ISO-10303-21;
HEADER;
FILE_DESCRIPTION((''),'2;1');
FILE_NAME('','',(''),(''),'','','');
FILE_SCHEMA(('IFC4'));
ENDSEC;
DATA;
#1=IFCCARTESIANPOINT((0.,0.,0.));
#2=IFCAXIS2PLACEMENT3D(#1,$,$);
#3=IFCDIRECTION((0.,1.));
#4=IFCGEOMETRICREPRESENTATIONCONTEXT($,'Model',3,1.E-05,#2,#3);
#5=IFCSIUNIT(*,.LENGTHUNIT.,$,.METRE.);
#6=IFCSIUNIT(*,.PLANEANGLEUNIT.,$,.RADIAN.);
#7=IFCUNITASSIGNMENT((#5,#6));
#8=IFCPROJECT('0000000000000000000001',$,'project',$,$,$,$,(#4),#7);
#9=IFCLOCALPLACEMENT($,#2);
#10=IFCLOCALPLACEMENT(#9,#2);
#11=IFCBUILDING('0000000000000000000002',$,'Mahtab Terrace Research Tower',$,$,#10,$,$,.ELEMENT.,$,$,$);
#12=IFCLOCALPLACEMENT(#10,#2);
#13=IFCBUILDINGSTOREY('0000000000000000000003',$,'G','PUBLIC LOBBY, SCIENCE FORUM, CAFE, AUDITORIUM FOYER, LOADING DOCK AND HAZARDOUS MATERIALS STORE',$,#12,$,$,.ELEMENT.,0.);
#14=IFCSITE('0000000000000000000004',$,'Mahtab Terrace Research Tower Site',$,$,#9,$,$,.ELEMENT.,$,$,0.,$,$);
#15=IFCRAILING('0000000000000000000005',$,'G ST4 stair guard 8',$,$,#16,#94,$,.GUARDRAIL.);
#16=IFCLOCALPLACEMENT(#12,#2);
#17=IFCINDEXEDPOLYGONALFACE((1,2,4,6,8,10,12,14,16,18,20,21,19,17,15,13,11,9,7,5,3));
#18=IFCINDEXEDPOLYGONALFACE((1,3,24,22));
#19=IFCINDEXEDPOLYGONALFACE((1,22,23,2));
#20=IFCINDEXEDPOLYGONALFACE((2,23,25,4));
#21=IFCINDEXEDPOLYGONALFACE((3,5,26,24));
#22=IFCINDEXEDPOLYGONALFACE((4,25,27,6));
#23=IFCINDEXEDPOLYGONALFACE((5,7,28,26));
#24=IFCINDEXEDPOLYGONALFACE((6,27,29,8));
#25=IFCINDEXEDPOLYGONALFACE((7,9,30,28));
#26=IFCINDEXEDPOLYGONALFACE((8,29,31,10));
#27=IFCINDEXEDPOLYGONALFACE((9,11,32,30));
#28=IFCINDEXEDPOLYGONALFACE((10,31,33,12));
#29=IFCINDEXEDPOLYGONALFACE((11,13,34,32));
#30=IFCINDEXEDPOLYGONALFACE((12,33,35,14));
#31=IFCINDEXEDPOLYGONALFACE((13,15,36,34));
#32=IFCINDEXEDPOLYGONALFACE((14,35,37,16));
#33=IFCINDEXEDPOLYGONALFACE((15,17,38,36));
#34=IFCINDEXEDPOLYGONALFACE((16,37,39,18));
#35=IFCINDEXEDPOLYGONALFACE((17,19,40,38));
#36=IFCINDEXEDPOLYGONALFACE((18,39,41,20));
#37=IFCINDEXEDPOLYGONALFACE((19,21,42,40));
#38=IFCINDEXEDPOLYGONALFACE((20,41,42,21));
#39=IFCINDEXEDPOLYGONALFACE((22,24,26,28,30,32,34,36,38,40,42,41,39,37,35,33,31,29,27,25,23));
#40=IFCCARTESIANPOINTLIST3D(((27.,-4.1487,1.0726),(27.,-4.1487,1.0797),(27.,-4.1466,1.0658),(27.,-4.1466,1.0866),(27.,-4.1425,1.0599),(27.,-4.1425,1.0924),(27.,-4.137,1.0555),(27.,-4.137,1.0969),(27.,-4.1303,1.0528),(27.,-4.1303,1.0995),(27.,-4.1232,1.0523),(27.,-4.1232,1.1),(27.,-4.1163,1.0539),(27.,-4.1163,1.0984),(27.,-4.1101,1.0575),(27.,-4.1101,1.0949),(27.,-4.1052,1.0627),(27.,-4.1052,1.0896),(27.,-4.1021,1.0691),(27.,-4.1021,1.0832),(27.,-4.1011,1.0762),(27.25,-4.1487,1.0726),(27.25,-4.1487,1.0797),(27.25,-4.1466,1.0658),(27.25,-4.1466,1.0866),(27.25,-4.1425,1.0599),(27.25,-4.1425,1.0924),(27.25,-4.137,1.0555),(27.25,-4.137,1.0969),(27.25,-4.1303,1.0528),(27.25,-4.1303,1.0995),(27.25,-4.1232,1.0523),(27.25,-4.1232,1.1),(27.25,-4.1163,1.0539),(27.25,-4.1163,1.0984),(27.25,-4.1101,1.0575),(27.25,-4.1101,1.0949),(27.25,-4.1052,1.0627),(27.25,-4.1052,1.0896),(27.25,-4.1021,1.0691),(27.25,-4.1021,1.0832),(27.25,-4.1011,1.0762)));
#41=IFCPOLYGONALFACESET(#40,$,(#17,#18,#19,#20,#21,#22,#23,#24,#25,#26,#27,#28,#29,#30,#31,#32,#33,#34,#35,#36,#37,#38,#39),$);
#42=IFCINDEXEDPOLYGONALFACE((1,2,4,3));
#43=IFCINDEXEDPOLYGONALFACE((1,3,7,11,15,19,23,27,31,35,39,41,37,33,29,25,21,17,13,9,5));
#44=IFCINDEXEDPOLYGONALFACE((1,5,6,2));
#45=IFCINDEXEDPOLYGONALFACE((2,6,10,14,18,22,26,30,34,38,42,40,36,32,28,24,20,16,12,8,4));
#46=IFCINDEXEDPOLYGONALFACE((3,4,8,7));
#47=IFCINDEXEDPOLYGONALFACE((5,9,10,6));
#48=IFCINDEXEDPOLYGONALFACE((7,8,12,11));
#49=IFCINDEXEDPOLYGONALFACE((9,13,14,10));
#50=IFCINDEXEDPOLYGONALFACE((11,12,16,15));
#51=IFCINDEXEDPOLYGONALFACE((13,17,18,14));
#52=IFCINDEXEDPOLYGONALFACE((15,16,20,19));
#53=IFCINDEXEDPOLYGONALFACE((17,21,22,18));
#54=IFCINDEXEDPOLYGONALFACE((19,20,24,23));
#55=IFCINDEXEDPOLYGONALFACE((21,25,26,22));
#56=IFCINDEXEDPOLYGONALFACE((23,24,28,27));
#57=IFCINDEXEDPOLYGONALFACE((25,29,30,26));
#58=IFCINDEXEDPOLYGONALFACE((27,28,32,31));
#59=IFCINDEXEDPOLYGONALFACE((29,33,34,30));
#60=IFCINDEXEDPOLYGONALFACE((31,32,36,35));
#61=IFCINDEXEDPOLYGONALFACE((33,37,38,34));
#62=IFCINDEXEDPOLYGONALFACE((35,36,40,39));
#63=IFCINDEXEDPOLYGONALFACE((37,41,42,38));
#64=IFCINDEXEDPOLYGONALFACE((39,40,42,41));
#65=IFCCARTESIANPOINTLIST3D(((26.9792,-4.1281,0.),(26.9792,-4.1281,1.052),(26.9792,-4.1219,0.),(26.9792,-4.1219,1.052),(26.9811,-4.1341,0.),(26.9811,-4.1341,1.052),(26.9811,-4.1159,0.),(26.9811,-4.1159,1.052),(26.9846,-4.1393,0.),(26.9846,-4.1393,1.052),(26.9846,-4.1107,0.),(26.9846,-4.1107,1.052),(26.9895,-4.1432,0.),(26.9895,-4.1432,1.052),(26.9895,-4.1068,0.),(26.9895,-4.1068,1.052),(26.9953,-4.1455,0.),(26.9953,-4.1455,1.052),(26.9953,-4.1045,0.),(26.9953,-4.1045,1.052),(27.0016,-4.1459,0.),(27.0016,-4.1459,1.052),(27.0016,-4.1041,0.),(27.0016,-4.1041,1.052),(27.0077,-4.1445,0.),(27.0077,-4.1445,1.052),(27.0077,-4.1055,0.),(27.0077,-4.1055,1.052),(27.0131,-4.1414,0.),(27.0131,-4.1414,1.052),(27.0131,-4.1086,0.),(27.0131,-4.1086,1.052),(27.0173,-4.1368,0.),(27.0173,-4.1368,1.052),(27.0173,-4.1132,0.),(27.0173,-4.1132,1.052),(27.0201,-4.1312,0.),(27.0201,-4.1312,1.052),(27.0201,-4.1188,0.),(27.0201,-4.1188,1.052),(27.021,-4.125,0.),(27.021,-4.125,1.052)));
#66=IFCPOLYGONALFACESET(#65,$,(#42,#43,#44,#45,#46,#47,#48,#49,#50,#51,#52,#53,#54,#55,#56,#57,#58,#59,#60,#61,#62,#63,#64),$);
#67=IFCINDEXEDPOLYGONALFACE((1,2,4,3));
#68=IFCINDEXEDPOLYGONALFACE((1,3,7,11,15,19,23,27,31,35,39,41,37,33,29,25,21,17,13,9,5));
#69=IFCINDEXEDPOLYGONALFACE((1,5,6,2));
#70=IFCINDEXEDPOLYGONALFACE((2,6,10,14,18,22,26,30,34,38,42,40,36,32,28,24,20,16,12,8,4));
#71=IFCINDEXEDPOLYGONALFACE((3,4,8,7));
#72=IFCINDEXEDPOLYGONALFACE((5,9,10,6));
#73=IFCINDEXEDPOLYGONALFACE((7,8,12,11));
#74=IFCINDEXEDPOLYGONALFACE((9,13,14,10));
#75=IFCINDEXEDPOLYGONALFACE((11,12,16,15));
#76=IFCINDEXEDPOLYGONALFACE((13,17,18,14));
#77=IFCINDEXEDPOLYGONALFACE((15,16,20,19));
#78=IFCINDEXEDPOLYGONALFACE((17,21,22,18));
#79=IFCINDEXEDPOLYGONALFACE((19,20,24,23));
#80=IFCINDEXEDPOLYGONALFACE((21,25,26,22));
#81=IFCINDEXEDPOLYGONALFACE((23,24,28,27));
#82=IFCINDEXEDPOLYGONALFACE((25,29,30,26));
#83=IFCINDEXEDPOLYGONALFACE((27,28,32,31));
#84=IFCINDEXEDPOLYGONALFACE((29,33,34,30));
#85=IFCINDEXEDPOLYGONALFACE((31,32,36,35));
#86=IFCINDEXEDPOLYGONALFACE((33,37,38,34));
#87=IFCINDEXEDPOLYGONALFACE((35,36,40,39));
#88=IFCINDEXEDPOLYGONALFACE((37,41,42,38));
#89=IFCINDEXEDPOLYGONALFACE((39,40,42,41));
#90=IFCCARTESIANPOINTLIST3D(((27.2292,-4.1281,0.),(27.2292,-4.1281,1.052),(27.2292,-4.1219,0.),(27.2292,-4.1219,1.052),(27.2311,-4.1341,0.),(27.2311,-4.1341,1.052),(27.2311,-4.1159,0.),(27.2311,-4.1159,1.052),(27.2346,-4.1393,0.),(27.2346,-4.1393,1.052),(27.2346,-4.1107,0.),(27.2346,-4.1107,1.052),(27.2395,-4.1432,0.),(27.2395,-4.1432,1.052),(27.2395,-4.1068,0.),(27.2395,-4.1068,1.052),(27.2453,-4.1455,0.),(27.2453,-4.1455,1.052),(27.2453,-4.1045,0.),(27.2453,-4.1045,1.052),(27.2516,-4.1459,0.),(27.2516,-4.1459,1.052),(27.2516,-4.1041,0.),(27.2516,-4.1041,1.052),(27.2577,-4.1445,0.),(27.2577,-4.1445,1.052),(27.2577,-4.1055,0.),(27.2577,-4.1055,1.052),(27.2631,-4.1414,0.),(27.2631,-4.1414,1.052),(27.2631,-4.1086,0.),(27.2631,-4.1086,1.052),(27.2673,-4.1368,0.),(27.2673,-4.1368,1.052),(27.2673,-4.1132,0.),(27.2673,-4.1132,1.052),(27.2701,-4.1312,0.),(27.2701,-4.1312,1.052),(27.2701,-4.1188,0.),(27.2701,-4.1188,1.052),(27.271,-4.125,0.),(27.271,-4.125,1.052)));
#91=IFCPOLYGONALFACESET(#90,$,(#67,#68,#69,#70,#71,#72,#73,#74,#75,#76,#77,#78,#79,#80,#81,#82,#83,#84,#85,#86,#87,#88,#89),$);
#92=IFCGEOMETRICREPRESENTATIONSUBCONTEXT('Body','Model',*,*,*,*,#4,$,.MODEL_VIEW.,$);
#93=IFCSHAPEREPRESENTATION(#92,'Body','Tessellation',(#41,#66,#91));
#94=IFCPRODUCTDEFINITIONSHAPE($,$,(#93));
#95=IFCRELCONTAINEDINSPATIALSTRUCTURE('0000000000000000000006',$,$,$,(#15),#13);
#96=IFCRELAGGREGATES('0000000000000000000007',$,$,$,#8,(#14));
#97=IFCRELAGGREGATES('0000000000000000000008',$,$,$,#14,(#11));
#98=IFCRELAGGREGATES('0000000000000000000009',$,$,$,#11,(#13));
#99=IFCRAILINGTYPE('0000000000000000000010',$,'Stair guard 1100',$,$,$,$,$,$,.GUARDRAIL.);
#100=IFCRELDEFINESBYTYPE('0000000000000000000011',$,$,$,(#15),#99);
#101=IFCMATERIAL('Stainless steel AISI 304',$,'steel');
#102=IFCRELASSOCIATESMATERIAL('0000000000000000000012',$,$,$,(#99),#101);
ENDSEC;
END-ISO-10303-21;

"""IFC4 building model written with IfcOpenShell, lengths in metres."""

from ifc_helpers import new_model, si_unit, direction, frame, origin, origin_2d, place, context, subcontext, project, spatial, circle, extrude, material, type_object, element, save


model = new_model("IFC4")

# Units and contexts
model_context = context("Model", 3, precision=1e-05, world=origin(), true_north=direction((0.0, 1.0)))
body_context = subcontext(model_context, "Body", "Model", "MODEL_VIEW")
ifc_project = project(units=[si_unit("LENGTHUNIT", "METRE"), si_unit("PLANEANGLEUNIT", "RADIAN")], contexts=[model_context])

# Site, building, storey
site_placement = place(None, origin())
site = spatial("IfcSite", under=ifc_project, at=site_placement, Name="Mahtab Terrace Research Tower Site", CompositionType="ELEMENT", RefElevation=0.0)
building_placement = place(site_placement, origin())
building = spatial("IfcBuilding", under=site, at=building_placement, Name="Mahtab Terrace Research Tower", CompositionType="ELEMENT")
storey_placement = place(building_placement, origin())
storey = spatial("IfcBuildingStorey", under=building, at=storey_placement, Name="G", Description="PUBLIC LOBBY, SCIENCE FORUM, CAFE, AUDITORIUM FOYER, LOADING DOCK AND HAZARDOUS MATERIALS STORE", CompositionType="ELEMENT", Elevation=0.0)

# Railing
ifc_material_1 = material(Name="Stainless steel AISI 304", Category="steel")
railing_type_1 = type_object("IfcRailingType", Name="Stair guard 1100", PredefinedType="GUARDRAIL", material=ifc_material_1)
railing_1_placement = place(storey_placement, frame((27.0, -4.125, 0.0)))
element("IfcRailing", 1, at=railing_1_placement, inside=storey, type_object=railing_type_1, Name="G ST4 stair guard 8", PredefinedType="GUARDRAIL", context=body_context, shape_type="SweptSolid", body=[
    extrude(circle(Radius=0.0239, at=origin_2d()), frame((0.0, 0.0, 1.0762), z_axis=(1.0, 0.0, 0.0), x_axis=(0.0, 1.0, 0.0)), (0.0, 0.0, 1.0), 0.25),
    extrude(circle(Radius=0.021, at=origin_2d()), origin(), (0.0, 0.0, 1.0), 1.052),
    extrude(circle(Radius=0.021, at=origin_2d()), frame((0.25, 0.0, 0.0)), (0.0, 0.0, 1.0), 1.052),
])

save(model, "model.ifc")
